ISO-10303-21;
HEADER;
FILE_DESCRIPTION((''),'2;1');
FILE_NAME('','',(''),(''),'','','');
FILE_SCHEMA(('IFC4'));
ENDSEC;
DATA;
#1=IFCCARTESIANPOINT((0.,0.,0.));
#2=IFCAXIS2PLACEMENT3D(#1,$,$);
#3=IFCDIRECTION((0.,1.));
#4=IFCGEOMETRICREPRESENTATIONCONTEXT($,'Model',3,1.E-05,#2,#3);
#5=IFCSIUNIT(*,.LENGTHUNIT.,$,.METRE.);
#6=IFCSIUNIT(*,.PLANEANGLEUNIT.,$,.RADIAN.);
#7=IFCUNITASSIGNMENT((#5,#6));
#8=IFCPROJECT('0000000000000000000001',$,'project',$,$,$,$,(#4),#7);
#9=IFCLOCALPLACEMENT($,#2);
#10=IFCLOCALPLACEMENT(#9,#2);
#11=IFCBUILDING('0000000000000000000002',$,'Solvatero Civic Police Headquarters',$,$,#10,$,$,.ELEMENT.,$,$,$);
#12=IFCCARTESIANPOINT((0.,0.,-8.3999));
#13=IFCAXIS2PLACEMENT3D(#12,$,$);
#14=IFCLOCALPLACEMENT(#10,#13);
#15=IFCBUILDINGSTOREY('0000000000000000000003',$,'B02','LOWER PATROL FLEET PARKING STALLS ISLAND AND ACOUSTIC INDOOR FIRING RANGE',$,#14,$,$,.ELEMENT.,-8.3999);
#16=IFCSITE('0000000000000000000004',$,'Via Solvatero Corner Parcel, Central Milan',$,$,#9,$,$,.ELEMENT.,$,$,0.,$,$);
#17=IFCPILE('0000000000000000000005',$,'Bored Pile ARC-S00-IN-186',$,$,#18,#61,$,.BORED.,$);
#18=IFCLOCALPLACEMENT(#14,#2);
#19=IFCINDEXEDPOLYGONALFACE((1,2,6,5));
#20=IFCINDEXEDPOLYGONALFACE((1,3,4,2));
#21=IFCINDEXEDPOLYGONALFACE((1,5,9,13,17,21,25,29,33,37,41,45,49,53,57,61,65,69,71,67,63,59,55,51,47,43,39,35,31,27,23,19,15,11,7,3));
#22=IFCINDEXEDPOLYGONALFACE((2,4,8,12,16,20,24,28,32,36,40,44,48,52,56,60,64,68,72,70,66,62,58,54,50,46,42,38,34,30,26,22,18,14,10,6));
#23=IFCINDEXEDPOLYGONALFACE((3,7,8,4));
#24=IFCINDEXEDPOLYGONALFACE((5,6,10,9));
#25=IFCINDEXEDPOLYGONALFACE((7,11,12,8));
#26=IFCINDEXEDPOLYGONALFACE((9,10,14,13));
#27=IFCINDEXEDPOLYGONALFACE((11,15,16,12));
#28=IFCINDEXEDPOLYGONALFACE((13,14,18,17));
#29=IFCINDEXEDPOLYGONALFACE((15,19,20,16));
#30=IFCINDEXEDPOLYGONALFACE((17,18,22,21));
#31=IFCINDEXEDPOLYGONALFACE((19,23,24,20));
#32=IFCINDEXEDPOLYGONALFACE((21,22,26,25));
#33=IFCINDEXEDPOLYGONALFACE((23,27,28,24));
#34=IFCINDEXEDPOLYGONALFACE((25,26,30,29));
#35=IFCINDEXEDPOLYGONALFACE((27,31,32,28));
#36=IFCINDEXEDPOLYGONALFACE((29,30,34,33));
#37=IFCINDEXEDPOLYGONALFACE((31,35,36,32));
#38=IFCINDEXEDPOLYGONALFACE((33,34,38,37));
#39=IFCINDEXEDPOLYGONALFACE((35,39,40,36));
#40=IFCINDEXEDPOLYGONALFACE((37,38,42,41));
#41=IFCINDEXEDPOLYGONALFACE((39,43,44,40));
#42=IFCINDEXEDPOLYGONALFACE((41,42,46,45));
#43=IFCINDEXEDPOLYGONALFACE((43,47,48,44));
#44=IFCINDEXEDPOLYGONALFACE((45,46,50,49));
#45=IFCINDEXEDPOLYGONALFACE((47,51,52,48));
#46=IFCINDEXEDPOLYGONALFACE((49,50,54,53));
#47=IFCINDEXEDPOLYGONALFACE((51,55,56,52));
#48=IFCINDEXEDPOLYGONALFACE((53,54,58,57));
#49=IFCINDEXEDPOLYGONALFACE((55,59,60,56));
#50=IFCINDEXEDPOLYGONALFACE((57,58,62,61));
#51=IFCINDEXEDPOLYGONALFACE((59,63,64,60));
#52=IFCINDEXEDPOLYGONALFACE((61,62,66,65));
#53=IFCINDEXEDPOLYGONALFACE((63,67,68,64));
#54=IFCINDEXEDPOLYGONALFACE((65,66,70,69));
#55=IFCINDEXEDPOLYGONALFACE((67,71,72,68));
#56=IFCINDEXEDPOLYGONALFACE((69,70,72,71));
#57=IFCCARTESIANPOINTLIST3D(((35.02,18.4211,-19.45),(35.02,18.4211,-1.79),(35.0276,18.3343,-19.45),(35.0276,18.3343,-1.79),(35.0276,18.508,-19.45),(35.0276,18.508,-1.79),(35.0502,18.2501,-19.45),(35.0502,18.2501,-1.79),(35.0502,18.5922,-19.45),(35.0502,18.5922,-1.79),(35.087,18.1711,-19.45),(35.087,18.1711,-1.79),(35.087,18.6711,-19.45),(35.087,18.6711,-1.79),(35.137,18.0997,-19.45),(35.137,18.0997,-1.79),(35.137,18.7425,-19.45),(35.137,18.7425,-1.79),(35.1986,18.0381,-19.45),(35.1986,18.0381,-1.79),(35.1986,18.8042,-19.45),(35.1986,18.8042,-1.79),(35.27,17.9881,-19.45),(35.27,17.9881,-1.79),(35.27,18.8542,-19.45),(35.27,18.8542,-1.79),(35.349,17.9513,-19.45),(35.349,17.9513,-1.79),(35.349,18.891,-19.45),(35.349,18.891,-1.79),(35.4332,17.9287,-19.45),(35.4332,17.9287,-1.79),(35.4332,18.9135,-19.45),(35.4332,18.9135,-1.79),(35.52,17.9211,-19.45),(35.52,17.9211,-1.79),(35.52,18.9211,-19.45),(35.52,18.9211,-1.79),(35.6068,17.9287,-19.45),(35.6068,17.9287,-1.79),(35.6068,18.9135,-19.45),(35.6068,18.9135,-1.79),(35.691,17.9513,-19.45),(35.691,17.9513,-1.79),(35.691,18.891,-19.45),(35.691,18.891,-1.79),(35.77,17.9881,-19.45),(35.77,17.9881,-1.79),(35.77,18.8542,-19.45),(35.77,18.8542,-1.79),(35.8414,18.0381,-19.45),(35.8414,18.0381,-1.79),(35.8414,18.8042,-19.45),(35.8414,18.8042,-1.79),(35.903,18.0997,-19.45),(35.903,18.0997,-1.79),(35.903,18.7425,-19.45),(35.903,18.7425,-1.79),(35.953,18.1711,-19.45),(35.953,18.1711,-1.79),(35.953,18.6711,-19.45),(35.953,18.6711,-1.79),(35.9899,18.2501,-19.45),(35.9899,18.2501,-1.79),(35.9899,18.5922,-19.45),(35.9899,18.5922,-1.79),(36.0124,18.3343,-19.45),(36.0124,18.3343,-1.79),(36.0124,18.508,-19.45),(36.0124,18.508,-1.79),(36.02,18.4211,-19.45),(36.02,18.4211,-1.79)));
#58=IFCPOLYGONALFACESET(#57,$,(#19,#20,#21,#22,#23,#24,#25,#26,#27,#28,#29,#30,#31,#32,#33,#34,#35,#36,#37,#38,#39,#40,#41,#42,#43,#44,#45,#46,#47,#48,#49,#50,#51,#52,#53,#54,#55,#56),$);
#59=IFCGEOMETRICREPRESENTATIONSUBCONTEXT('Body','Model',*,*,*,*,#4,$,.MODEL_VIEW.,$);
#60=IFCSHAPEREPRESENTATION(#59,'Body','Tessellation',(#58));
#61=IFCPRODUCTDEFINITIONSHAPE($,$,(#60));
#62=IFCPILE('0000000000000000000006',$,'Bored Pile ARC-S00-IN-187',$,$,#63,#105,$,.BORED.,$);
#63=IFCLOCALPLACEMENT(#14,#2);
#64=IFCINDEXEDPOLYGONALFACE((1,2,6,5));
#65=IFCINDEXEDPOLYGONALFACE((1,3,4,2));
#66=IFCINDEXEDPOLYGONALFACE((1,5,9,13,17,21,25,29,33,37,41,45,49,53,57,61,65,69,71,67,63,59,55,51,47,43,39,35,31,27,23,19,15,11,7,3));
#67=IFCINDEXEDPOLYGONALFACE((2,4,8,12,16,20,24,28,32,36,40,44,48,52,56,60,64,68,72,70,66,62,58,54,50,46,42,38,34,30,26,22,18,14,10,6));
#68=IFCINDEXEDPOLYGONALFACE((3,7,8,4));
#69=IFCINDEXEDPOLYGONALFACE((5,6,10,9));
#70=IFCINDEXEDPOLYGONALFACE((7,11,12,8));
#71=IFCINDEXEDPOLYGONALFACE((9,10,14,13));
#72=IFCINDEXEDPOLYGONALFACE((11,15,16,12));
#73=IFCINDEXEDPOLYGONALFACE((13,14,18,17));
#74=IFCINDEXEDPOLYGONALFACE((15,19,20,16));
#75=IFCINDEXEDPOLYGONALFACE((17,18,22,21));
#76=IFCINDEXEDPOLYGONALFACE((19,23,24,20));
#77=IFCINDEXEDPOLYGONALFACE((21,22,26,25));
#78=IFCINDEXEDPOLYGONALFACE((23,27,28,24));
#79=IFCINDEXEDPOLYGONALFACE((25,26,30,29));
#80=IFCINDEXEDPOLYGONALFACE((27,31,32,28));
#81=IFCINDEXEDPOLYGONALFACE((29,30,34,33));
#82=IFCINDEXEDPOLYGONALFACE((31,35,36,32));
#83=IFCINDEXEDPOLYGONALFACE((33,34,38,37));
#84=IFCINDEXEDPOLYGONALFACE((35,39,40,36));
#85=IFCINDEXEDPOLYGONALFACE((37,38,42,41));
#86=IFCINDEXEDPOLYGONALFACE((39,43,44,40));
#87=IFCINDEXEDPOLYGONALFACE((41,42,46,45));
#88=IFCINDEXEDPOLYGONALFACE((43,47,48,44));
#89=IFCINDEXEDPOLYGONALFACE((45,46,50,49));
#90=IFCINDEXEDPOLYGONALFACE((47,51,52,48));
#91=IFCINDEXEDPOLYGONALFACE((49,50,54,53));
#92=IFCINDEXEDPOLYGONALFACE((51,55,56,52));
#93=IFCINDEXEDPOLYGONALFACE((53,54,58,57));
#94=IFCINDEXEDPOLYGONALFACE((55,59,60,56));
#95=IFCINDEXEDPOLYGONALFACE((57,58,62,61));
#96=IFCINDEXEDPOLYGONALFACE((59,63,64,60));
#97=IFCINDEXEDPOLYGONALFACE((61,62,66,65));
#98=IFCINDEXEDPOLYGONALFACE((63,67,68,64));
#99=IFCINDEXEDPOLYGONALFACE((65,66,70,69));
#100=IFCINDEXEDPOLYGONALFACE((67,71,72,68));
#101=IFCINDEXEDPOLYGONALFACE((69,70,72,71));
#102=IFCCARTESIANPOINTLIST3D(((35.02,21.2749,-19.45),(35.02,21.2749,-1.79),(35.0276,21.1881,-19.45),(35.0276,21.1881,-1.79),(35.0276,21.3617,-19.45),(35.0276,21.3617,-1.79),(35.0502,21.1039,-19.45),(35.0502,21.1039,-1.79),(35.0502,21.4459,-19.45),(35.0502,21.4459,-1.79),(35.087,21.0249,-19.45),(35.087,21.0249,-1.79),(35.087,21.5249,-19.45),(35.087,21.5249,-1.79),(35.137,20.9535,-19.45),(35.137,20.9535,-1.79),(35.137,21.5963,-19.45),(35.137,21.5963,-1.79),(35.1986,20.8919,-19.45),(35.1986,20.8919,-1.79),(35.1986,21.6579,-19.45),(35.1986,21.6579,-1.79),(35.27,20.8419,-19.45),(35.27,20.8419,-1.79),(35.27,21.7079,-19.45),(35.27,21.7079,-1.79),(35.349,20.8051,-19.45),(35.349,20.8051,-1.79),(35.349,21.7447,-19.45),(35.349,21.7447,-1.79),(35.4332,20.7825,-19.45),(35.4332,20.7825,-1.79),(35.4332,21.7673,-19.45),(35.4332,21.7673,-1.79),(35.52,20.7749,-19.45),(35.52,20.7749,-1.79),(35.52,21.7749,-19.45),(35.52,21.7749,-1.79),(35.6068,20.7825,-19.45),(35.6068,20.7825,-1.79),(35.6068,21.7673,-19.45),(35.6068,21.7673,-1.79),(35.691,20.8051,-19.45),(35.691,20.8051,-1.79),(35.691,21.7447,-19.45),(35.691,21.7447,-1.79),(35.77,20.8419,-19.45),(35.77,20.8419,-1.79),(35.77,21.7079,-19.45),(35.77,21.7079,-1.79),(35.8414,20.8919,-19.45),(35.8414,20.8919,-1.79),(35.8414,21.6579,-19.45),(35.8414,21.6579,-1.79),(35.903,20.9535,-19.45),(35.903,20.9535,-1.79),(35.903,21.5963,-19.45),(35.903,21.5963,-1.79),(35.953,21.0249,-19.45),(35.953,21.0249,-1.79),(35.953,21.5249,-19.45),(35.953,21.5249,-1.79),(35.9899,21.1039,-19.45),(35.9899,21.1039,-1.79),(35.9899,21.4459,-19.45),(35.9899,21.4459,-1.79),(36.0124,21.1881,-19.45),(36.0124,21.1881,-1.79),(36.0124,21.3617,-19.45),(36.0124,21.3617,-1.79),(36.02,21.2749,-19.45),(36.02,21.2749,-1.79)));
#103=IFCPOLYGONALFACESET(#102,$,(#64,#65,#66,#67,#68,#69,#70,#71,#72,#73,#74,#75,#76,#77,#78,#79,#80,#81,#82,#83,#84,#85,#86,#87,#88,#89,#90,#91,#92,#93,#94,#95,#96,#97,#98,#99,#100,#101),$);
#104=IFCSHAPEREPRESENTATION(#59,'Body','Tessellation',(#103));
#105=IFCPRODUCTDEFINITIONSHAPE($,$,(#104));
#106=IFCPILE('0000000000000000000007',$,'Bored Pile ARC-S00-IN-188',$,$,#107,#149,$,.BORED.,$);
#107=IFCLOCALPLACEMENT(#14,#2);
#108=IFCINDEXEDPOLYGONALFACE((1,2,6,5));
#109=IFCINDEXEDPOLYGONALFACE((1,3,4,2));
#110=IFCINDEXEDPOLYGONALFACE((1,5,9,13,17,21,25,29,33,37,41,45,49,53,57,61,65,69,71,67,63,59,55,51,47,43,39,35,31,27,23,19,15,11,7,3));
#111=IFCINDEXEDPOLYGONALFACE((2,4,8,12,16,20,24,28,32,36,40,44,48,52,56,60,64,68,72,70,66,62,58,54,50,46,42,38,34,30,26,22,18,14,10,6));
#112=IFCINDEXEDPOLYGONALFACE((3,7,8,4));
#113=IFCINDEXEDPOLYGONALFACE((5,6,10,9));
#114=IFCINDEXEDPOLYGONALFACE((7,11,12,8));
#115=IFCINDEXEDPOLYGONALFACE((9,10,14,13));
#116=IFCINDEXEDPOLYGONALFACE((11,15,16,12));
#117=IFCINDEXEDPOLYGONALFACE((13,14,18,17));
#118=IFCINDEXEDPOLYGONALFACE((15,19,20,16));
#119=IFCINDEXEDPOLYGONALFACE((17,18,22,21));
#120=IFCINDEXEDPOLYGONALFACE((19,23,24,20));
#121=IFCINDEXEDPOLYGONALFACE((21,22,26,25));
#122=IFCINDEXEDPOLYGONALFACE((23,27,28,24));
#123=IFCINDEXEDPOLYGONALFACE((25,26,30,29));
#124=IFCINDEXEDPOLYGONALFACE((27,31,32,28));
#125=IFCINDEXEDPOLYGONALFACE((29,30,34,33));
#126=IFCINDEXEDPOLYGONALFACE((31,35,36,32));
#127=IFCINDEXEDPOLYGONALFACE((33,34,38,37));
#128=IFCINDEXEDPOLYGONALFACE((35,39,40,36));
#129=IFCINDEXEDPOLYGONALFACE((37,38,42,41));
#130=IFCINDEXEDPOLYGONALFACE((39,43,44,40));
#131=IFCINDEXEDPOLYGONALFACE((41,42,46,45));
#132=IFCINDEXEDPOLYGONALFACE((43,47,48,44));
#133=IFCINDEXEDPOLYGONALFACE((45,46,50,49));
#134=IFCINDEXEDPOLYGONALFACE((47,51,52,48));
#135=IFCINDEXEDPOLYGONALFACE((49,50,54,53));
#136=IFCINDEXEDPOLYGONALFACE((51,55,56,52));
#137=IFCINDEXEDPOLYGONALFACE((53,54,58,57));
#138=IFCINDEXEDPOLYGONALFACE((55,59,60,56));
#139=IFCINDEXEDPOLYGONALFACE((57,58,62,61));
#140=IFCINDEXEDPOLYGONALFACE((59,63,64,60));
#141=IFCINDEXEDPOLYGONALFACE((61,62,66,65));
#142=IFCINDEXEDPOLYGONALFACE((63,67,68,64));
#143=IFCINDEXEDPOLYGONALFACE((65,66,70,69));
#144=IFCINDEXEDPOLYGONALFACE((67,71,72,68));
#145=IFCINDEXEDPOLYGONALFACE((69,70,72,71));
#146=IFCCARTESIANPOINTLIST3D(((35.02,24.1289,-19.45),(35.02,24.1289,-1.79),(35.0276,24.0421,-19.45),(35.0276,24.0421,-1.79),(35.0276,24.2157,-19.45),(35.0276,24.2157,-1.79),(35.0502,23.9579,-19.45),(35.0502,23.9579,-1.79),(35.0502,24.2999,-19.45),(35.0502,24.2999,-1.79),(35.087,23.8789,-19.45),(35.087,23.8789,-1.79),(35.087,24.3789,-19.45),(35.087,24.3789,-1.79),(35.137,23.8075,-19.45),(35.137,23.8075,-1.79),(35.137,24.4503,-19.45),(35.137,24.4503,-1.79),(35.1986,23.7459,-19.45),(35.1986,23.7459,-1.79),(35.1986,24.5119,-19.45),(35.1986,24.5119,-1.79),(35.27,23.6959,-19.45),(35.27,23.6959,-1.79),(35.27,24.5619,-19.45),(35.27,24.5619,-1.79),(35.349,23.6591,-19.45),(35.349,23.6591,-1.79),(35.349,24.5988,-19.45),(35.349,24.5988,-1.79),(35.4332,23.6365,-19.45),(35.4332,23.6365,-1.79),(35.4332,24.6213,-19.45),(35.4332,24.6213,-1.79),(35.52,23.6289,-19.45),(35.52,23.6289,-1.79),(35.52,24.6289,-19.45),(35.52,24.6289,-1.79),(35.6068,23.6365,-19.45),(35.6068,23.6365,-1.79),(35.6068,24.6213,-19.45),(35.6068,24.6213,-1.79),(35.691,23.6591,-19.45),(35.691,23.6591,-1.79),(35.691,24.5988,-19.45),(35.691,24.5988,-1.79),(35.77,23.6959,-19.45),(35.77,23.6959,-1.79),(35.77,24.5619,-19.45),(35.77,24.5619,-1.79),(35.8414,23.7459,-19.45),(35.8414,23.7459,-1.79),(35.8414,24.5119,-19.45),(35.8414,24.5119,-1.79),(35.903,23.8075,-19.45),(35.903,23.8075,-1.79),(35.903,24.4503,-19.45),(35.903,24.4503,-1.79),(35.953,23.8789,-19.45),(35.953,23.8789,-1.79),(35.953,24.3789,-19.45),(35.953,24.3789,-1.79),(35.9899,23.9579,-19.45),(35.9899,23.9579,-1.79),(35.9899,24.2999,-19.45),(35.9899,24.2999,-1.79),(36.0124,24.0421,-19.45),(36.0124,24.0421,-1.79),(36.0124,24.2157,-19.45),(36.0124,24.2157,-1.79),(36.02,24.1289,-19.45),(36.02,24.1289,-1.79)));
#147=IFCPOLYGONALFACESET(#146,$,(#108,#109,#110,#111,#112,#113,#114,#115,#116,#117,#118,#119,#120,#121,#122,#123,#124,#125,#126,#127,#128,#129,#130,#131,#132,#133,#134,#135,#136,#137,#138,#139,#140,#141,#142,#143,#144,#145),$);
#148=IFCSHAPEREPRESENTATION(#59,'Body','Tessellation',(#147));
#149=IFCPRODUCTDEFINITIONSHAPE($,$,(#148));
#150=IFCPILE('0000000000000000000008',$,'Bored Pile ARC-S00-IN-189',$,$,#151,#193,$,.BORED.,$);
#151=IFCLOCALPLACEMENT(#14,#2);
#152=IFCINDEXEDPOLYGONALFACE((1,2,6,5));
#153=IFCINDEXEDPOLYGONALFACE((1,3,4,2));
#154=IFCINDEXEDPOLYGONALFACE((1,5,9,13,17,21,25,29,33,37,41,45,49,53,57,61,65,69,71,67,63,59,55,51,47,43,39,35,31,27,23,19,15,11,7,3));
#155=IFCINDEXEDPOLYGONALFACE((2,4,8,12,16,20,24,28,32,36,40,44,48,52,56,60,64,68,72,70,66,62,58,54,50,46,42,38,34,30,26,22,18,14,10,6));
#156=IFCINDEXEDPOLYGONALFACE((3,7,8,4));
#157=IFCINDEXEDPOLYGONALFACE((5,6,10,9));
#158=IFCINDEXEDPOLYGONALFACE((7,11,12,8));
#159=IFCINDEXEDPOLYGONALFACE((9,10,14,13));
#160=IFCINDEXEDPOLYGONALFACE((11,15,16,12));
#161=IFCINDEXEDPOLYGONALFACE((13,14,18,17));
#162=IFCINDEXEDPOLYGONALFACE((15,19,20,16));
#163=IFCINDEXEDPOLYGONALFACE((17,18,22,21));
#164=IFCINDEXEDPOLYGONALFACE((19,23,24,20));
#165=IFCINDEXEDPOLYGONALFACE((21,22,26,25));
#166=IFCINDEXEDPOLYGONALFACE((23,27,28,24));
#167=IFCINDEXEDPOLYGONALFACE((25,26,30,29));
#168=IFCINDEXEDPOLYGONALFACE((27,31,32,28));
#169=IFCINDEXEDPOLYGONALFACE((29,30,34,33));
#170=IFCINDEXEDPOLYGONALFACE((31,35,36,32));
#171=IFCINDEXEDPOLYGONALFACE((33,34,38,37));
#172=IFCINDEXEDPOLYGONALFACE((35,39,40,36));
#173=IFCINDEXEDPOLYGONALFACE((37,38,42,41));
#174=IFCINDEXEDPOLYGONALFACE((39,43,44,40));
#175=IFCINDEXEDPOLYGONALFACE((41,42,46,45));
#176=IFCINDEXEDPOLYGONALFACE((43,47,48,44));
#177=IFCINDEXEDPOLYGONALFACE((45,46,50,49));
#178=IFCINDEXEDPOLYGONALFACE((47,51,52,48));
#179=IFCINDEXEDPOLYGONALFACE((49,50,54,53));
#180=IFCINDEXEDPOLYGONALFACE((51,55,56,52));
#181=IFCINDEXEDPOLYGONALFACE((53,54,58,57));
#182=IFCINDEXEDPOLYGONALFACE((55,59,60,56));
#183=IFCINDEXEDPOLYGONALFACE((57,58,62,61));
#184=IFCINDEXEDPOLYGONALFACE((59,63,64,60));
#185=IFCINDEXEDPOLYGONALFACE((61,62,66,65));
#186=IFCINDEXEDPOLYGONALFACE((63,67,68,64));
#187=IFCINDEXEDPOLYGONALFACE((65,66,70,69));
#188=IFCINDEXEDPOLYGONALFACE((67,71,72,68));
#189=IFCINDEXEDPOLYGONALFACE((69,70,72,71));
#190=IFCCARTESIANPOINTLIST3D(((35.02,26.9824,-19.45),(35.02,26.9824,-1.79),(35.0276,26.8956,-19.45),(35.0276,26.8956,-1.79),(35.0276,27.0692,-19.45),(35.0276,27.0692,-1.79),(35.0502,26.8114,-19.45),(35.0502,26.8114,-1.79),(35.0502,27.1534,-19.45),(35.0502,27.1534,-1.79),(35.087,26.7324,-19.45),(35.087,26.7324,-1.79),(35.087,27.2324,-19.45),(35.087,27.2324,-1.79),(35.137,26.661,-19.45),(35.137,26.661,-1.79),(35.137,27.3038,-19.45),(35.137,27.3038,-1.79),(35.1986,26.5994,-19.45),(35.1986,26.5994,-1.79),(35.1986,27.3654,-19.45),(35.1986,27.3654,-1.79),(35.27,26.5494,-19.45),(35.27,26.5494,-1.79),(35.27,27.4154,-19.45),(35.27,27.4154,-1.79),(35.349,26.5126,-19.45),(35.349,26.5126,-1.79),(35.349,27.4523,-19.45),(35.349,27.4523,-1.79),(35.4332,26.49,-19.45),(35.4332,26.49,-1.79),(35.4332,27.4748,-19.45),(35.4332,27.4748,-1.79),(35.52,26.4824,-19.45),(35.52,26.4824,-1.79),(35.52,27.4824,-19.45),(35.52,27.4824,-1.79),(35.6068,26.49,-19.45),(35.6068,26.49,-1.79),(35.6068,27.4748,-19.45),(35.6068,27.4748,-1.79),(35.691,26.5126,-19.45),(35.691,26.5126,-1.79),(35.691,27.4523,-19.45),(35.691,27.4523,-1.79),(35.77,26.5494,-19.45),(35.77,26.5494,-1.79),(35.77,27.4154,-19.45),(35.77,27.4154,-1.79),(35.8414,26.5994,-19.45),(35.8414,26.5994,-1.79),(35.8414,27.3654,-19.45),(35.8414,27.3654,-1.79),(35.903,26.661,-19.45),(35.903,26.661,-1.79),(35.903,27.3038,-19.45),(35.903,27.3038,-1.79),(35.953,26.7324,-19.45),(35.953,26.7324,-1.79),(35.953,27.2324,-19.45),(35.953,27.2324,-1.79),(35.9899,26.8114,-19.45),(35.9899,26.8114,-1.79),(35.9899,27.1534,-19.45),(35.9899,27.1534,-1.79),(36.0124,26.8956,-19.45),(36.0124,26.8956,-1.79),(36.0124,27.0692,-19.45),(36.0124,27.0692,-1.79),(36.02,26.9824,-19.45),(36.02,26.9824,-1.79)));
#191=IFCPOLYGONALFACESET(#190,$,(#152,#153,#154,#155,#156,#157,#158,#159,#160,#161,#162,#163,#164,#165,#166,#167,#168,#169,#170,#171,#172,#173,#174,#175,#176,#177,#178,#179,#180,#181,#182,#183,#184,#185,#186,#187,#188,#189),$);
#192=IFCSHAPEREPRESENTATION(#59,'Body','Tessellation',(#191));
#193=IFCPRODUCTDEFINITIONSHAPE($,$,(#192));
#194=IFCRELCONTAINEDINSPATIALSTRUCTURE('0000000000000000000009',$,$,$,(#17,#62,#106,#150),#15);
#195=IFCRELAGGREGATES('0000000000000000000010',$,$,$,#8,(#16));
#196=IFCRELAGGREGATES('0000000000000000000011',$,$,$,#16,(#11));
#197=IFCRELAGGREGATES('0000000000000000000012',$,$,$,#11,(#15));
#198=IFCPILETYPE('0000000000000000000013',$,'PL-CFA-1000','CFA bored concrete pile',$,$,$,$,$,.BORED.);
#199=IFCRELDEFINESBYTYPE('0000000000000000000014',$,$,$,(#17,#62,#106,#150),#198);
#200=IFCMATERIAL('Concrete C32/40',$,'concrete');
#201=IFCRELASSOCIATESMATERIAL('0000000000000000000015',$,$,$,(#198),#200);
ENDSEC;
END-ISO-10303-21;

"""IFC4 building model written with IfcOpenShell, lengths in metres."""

from ifc_helpers import new_model, si_unit, direction, frame, origin, origin_2d, place, context, subcontext, project, spatial, circle, extrude, material, material_profile, profile_set, type_object, element, save


model = new_model("IFC4")

# Units and contexts
model_context = context("Model", 3, precision=1e-05, world=origin(), true_north=direction((0.0, 1.0)))
body_context = subcontext(model_context, "Body", "Model", "MODEL_VIEW")
ifc_project = project(units=[si_unit("LENGTHUNIT", "METRE"), si_unit("PLANEANGLEUNIT", "RADIAN")], contexts=[model_context])

# Site, building, storey
site_placement = place(None, origin())
site = spatial("IfcSite", under=ifc_project, at=site_placement, Name="Via Solvatero Corner Parcel, Central Milan", CompositionType="ELEMENT", RefElevation=0.0)
building_placement = place(site_placement, origin())
building = spatial("IfcBuilding", under=site, at=building_placement, Name="Solvatero Civic Police Headquarters", CompositionType="ELEMENT")
storey_placement = place(building_placement, frame((0.0, 0.0, -8.3999)))
storey = spatial("IfcBuildingStorey", under=building, at=storey_placement, Name="B02", Description="LOWER PATROL FLEET PARKING STALLS ISLAND AND ACOUSTIC INDOOR FIRING RANGE", CompositionType="ELEMENT", Elevation=-8.3999)

# Piles
ifc_material_1 = material(Name="Concrete C32/40", Category="concrete")
ifc_material_profile_1 = material_profile(ifc_material_1, circle(Radius=0.5, at=origin_2d()), Name="CFA PILE D1000")
ifc_profile_set_1 = profile_set([ifc_material_profile_1], Name="Concrete C32/40")
pile_type = type_object("IfcPileType", Name="PL-CFA-1000", Description="CFA bored concrete pile", PredefinedType="BORED", material=ifc_profile_set_1)
for number, where, z_axis, x_axis, name in (
    (1, (35.52, 18.4211, -1.79), (0.0, 0.0, -1.0), (1.0, 0.0, 0.0), "Bored Pile ARC-S00-IN-186"),
    (2, (35.52, 21.2749, -1.79), (0.0, 0.0, -1.0), (1.0, 0.0, 0.0), "Bored Pile ARC-S00-IN-187"),
    (3, (35.52, 24.1289, -1.79), (0.0, 0.0, -1.0), (1.0, 0.0, 0.0), "Bored Pile ARC-S00-IN-188"),
    (4, (35.52, 26.9824, -1.79), (0.0, 0.0, -1.0), (1.0, 0.0, 0.0), "Bored Pile ARC-S00-IN-189"),
):
    element("IfcPile", number, at=place(storey_placement, frame(where, z_axis=z_axis, x_axis=x_axis)), inside=storey, type_object=pile_type, Name=name, PredefinedType="BORED", context=body_context, shape_type="SweptSolid", body=[
        extrude(circle(Radius=0.5, at=origin_2d()), origin(), (0.0, 0.0, 1.0), 17.6599),
    ])

save(model, "model.ifc")
